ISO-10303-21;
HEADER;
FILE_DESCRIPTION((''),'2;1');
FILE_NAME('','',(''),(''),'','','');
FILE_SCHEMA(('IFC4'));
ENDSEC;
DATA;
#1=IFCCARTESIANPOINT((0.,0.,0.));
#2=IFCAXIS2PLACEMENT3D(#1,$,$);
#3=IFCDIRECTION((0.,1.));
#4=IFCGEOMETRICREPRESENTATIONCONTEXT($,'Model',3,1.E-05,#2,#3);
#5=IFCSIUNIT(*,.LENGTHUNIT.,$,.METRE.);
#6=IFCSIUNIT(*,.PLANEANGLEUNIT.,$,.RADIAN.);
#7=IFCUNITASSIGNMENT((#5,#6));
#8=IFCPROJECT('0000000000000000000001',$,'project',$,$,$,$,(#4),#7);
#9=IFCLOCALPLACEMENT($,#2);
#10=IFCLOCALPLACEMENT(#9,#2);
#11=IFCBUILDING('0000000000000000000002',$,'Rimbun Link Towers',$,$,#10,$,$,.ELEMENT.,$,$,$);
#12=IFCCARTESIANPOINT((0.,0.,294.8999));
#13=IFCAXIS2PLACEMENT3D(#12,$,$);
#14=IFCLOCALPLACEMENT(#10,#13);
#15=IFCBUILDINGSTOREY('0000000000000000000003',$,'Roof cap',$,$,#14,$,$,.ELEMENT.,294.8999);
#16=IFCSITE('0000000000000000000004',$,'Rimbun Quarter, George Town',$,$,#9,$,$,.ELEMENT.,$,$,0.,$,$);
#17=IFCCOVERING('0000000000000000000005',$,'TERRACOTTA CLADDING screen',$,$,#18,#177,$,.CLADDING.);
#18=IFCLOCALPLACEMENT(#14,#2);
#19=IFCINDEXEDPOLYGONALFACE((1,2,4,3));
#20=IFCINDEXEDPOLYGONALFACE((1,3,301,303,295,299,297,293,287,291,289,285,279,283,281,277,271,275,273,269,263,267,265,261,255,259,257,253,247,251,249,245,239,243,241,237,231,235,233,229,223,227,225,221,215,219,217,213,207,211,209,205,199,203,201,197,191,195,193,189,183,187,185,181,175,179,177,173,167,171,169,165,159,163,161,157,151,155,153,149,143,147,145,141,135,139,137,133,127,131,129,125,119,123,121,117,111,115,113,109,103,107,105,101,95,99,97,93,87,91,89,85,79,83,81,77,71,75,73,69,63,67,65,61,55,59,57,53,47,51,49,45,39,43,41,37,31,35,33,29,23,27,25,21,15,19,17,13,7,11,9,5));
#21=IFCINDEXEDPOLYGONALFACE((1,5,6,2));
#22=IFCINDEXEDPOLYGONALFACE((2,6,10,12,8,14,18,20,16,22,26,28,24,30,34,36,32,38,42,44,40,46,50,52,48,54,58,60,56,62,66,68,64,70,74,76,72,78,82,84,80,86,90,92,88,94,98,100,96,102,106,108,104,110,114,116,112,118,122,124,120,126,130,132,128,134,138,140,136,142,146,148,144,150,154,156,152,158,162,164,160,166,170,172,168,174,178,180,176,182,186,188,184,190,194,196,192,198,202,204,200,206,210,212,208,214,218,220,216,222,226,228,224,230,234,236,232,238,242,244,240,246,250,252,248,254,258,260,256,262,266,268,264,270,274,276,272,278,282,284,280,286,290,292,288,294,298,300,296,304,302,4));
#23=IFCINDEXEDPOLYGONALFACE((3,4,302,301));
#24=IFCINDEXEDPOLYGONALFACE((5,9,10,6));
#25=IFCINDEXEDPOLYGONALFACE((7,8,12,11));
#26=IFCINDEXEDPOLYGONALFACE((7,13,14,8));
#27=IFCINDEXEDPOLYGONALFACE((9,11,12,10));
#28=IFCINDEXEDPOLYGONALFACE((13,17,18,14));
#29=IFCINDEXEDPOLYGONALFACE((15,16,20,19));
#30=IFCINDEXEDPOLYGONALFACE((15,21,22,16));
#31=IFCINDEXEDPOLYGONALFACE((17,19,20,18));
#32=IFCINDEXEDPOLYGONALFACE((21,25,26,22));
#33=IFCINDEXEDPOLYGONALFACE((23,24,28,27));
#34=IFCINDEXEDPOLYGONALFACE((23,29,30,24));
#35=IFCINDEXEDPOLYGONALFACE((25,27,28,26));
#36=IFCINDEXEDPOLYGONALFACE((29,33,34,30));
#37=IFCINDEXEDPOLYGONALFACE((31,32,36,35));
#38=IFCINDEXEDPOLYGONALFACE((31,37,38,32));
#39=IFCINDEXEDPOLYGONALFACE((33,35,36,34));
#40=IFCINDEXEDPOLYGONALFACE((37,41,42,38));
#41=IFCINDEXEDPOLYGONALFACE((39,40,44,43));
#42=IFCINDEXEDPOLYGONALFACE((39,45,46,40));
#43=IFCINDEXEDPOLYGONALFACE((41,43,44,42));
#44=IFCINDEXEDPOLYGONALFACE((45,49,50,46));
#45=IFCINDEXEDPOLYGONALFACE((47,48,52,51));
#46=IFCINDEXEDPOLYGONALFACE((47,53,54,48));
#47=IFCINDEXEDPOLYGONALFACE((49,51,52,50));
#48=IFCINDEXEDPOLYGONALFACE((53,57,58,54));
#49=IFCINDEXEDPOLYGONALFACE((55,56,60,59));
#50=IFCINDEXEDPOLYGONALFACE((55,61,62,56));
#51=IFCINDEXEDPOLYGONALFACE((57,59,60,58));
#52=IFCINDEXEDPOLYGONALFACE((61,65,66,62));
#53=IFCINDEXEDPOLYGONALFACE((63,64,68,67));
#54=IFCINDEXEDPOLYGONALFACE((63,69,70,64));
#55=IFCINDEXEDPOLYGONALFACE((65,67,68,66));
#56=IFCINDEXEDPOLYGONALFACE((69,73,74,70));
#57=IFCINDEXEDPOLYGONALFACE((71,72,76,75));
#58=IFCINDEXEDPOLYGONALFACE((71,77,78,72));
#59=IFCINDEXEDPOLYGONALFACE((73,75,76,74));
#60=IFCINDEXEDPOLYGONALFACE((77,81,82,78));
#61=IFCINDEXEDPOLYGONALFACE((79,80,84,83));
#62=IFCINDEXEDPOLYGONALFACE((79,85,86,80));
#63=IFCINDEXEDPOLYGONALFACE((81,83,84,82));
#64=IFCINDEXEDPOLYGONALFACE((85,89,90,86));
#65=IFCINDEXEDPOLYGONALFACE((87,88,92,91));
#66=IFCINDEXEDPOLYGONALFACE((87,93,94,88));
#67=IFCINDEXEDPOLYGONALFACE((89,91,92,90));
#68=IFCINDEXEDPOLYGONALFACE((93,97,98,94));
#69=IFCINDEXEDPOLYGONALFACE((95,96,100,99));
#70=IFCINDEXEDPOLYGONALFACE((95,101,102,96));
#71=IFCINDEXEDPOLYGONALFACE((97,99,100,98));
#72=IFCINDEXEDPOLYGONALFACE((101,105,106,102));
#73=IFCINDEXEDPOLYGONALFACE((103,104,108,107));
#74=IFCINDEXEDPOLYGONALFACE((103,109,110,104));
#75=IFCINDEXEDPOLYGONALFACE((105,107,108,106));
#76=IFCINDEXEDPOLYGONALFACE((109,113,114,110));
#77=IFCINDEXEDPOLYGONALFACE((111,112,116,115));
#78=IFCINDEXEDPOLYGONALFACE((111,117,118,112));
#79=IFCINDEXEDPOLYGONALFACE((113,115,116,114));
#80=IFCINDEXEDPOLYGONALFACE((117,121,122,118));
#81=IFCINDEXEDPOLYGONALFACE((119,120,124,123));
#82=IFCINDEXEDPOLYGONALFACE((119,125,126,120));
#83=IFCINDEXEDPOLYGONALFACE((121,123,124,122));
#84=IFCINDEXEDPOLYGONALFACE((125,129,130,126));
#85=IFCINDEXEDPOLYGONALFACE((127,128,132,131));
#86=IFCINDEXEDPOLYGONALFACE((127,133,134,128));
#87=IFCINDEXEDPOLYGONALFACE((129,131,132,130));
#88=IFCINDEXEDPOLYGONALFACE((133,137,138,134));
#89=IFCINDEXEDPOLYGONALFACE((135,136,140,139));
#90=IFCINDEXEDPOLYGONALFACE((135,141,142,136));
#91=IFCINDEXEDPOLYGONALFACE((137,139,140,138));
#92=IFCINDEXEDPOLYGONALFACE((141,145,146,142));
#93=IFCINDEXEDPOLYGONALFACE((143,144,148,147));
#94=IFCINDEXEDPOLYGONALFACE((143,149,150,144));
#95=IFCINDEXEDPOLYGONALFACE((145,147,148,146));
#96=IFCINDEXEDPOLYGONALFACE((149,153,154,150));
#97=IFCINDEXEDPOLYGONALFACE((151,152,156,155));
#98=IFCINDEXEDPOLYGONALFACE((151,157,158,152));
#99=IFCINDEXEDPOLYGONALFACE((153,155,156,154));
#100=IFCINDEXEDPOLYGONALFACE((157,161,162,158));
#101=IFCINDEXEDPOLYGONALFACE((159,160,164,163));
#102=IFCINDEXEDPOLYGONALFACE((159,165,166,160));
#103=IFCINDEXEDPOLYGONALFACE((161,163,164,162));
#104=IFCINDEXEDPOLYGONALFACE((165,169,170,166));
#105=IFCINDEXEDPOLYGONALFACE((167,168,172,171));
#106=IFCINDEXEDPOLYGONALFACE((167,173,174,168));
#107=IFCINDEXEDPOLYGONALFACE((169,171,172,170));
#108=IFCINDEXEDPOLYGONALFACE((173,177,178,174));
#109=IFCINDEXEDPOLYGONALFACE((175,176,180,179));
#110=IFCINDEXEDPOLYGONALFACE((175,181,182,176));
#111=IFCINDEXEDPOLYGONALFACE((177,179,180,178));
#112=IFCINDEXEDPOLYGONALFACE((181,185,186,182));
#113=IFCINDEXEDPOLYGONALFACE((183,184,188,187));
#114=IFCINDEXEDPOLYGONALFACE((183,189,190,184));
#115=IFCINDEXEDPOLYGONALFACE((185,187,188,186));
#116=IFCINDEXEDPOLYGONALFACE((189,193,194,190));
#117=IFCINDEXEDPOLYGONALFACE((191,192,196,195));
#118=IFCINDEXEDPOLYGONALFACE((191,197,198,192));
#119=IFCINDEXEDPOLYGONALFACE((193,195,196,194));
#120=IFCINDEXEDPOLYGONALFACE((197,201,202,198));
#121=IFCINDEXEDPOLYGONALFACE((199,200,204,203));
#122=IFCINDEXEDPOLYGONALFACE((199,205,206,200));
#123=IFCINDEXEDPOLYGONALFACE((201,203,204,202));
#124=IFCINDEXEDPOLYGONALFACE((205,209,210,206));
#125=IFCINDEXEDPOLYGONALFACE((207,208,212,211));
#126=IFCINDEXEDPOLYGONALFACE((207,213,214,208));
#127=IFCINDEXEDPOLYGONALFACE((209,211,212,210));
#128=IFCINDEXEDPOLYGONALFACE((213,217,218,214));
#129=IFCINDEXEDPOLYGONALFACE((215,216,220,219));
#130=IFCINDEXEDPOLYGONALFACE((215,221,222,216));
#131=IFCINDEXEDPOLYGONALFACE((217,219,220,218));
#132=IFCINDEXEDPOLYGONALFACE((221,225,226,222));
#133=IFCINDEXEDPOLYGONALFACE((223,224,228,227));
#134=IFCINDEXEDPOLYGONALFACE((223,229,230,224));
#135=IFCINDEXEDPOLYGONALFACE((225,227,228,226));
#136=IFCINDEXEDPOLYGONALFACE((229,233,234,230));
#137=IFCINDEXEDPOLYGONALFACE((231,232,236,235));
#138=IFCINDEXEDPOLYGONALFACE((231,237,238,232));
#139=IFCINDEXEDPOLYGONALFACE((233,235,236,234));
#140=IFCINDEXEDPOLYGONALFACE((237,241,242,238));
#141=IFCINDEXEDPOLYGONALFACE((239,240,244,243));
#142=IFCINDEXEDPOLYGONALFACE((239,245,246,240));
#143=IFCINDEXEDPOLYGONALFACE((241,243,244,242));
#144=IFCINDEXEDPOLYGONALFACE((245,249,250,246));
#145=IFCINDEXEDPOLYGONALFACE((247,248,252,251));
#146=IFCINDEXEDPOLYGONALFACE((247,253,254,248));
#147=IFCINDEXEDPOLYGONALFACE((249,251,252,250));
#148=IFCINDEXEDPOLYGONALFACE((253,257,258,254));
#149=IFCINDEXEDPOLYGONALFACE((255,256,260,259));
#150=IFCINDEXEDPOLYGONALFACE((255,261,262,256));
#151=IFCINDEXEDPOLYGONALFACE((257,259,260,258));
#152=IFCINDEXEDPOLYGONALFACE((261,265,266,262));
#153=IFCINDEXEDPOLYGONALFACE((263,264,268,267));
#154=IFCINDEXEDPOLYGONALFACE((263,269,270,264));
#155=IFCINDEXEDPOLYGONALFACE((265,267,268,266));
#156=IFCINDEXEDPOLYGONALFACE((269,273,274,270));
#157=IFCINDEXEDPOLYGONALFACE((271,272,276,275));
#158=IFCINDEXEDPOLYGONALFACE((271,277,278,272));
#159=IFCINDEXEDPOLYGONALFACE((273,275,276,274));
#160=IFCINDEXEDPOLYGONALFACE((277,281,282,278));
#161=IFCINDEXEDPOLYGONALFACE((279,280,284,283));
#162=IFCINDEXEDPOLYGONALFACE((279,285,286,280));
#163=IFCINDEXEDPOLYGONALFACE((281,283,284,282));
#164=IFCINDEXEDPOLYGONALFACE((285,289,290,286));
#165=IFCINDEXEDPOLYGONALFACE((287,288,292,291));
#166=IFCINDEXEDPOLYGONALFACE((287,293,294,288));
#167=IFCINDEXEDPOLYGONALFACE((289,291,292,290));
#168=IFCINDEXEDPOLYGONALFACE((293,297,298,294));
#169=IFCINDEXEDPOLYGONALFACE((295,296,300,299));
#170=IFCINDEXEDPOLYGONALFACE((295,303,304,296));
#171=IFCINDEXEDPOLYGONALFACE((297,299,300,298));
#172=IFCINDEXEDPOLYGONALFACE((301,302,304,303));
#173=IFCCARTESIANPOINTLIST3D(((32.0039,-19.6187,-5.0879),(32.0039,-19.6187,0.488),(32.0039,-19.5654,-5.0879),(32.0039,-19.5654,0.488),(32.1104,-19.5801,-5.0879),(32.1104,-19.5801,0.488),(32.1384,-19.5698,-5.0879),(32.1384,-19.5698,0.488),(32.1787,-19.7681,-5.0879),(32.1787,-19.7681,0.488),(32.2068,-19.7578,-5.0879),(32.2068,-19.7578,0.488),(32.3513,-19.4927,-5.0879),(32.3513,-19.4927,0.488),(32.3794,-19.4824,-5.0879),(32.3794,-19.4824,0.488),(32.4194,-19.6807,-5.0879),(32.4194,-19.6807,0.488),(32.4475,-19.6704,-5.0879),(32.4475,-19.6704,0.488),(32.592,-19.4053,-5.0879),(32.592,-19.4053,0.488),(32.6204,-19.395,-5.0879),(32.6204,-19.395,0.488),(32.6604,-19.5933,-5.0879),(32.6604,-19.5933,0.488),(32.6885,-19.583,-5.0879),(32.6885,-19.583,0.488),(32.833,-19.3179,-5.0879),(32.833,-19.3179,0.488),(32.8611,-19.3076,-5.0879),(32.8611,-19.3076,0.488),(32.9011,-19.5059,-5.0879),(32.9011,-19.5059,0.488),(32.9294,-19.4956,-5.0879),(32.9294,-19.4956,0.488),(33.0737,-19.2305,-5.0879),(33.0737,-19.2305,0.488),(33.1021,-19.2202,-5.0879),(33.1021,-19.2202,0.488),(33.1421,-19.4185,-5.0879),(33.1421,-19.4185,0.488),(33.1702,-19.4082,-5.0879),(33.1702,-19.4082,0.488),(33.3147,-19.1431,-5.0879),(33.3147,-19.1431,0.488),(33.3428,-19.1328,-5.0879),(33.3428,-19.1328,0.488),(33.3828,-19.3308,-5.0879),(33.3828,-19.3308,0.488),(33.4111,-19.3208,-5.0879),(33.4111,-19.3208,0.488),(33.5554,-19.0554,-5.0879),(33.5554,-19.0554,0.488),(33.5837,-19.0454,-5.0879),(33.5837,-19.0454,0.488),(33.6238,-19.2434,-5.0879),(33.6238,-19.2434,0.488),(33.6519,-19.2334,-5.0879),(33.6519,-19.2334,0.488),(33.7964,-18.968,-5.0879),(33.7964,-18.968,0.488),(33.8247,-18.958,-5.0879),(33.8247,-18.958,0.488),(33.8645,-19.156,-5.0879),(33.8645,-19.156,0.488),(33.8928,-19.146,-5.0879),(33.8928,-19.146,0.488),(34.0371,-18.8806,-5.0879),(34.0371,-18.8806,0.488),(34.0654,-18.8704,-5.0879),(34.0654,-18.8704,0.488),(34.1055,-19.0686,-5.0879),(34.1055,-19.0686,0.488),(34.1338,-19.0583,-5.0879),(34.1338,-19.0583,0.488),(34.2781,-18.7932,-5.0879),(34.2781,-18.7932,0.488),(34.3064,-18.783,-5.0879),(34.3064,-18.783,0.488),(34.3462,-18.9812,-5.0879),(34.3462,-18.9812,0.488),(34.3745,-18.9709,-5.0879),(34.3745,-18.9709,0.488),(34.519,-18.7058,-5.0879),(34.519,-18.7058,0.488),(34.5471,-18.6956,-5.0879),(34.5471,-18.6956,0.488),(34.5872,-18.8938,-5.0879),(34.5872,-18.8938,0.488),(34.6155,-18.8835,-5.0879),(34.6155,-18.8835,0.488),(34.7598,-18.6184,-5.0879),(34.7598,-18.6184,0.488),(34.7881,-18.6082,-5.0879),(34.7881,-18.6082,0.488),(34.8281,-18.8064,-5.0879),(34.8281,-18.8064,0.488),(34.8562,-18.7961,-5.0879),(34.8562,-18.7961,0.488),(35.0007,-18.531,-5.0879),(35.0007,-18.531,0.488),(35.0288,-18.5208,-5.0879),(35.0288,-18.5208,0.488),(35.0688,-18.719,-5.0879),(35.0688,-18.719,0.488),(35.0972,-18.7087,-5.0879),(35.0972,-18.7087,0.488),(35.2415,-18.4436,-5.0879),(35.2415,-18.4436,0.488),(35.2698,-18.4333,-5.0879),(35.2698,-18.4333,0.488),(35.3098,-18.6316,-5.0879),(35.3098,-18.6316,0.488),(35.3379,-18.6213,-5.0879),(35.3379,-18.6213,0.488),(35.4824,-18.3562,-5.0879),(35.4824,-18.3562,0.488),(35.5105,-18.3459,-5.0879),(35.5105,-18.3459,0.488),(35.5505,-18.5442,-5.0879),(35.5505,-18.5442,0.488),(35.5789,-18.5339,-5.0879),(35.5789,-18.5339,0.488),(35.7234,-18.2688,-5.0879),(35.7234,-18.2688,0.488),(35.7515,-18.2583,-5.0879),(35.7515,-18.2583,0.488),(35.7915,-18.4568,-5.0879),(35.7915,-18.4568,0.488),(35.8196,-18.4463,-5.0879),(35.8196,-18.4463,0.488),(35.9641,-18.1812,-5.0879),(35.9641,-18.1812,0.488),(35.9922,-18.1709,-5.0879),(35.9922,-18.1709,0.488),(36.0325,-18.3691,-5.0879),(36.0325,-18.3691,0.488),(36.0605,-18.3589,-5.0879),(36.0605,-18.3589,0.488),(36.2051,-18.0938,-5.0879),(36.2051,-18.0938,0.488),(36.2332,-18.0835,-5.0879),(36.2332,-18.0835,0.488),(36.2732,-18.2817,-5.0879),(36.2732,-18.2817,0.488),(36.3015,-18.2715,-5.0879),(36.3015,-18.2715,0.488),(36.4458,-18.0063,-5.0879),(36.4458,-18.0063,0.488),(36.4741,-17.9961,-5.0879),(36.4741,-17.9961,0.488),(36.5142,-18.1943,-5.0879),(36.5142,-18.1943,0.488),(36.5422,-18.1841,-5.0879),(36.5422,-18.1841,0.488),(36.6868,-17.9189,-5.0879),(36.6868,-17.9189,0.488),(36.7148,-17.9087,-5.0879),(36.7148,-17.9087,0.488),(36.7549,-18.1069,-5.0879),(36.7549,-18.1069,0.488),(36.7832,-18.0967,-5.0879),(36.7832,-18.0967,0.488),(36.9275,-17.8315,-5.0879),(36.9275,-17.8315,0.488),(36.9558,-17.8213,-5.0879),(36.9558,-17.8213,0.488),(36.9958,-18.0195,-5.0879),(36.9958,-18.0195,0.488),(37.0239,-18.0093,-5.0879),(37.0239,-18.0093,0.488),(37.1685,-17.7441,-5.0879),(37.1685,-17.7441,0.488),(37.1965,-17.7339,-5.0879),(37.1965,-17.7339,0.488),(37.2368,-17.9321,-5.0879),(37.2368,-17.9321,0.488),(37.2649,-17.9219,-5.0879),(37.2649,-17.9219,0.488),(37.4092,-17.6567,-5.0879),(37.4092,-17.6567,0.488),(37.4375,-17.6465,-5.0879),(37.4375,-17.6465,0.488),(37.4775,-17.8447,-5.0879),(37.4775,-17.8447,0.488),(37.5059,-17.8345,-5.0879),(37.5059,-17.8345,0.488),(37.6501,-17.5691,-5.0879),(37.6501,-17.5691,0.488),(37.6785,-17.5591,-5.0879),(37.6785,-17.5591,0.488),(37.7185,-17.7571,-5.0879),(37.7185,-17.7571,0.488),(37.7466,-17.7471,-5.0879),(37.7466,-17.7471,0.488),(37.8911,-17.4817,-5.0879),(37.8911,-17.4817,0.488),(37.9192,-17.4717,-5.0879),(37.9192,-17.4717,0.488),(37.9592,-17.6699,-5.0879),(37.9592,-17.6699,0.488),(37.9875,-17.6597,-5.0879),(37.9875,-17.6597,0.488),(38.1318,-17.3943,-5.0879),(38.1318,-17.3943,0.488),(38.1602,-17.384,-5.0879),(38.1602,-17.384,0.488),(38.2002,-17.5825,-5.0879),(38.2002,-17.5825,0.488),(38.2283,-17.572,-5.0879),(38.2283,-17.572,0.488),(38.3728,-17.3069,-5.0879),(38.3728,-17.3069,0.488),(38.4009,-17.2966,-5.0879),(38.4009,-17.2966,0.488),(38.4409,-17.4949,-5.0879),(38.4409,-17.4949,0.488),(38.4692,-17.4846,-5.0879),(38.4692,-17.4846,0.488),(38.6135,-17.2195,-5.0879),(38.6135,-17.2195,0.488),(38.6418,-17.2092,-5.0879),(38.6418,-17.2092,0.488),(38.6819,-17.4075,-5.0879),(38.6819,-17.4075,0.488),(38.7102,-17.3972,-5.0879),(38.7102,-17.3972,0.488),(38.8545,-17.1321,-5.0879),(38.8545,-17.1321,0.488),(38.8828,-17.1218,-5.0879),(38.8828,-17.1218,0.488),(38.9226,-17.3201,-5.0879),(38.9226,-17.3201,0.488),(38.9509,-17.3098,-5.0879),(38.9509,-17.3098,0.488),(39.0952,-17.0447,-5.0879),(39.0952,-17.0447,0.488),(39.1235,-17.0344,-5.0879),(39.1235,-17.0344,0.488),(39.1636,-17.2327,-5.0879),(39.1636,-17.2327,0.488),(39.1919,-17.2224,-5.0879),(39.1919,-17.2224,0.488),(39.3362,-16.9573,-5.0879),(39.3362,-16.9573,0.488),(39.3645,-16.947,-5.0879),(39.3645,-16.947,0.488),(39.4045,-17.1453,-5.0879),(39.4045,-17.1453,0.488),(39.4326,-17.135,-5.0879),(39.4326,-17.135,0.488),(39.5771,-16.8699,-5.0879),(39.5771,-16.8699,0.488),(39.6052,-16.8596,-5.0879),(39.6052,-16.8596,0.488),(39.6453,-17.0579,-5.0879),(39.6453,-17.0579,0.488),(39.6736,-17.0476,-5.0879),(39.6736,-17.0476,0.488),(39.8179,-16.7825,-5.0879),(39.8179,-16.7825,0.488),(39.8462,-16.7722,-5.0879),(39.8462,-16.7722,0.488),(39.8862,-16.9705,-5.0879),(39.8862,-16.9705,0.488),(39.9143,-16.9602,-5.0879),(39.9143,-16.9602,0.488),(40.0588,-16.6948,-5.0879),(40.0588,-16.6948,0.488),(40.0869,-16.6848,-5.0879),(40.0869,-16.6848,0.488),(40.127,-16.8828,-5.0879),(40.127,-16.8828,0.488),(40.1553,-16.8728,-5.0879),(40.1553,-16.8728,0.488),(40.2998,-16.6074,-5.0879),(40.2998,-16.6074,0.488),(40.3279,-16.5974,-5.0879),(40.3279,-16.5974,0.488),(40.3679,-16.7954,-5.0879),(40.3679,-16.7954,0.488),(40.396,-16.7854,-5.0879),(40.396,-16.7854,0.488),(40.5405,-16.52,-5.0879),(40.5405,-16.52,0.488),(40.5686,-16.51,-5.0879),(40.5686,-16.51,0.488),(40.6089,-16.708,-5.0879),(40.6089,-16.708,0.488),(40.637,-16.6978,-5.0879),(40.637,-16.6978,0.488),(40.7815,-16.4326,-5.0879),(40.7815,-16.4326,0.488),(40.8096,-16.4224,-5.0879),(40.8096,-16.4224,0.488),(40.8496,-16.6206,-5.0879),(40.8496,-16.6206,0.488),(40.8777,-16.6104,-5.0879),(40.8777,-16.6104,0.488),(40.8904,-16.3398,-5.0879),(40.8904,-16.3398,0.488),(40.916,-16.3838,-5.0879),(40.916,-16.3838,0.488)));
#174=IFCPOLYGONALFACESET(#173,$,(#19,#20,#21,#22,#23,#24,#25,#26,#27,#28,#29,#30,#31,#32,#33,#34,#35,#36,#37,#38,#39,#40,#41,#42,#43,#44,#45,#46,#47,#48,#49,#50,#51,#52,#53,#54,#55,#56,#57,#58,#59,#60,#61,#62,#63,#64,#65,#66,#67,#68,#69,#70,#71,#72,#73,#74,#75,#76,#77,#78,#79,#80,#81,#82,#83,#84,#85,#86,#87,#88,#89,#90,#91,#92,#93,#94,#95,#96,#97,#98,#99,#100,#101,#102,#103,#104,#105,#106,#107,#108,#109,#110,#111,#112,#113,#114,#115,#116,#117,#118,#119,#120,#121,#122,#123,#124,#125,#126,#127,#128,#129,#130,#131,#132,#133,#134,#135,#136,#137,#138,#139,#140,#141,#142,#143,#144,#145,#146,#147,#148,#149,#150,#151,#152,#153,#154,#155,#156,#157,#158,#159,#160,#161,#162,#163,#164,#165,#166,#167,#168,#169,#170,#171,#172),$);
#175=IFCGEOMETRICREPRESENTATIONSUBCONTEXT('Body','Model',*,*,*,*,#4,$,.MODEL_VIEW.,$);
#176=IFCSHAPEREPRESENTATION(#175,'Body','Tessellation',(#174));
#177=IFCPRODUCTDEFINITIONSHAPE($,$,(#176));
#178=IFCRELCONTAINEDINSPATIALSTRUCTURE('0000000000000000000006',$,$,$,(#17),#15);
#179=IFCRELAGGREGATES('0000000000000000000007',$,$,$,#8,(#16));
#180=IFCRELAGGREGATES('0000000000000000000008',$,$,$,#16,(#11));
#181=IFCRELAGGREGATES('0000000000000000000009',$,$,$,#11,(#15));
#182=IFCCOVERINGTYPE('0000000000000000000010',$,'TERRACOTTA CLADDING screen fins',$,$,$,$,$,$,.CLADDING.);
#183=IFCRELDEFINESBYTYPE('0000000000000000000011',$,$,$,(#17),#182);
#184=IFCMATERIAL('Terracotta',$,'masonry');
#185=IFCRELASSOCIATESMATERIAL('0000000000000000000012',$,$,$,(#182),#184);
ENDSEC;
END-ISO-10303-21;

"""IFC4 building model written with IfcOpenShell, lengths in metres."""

from ifc_helpers import new_model, si_unit, direction, frame, origin, place, context, subcontext, project, spatial, polyline, outline, extrude, material, type_object, element, save


model = new_model("IFC4")

# Units and contexts
model_context = context("Model", 3, precision=1e-05, world=origin(), true_north=direction((0.0, 1.0)))
body_context = subcontext(model_context, "Body", "Model", "MODEL_VIEW")
ifc_project = project(units=[si_unit("LENGTHUNIT", "METRE"), si_unit("PLANEANGLEUNIT", "RADIAN")], contexts=[model_context])

# Site, building, storey
site_placement = place(None, origin())
site = spatial("IfcSite", under=ifc_project, at=site_placement, Name="Rimbun Quarter, George Town", CompositionType="ELEMENT", RefElevation=0.0)
building_placement = place(site_placement, origin())
building = spatial("IfcBuilding", under=site, at=building_placement, Name="Rimbun Link Towers", CompositionType="ELEMENT")
storey_placement = place(building_placement, frame((0.0, 0.0, 294.8999)))
storey = spatial("IfcBuildingStorey", under=building, at=storey_placement, Name="Roof cap", CompositionType="ELEMENT", Elevation=294.8999)

# Covering
ifc_material_1 = material(Name="Terracotta", Category="masonry")
covering_type_1 = type_object("IfcCoveringType", Name="TERRACOTTA CLADDING screen fins", PredefinedType="CLADDING", material=ifc_material_1)
covering_1_placement = place(storey_placement, frame((0.0, 0.0, -5.0879)))
element("IfcCovering", 1, at=covering_1_placement, inside=storey, type_object=covering_type_1, Name="TERRACOTTA CLADDING screen", PredefinedType="CLADDING", context=body_context, shape_type="SweptSolid", body=[
    extrude(outline(polyline([(32.0039, -19.6187), (32.1104, -19.5801), (32.1787, -19.7681), (32.2068, -19.7578), (32.1384, -19.5698), (32.3513, -19.4927), (32.4194, -19.6807), (32.4475, -19.6704), (32.3794, -19.4824), (32.592, -19.4053), (32.6604, -19.5933), (32.6885, -19.583), (32.6204, -19.395), (32.833, -19.3179), (32.9011, -19.5059), (32.9294, -19.4956), (32.8611, -19.3076), (33.0737, -19.2305), (33.1421, -19.4185), (33.1702, -19.4082), (33.1021, -19.2202), (33.3147, -19.1431), (33.3828, -19.3308), (33.4111, -19.3208), (33.3428, -19.1328), (33.5554, -19.0554), (33.6238, -19.2434), (33.6519, -19.2334), (33.5837, -19.0454), (33.7964, -18.968), (33.8645, -19.156), (33.8928, -19.146), (33.8247, -18.958), (34.0371, -18.8806), (34.1055, -19.0686), (34.1338, -19.0583), (34.0654, -18.8704), (34.2781, -18.7932), (34.3462, -18.9812), (34.3745, -18.9709), (34.3064, -18.783), (34.519, -18.7058), (34.5872, -18.8938), (34.6155, -18.8835), (34.5471, -18.6956), (34.7598, -18.6184), (34.8281, -18.8064), (34.8562, -18.7961), (34.7881, -18.6082), (35.0007, -18.531), (35.0688, -18.719), (35.0972, -18.7087), (35.0288, -18.5208), (35.2415, -18.4436), (35.3098, -18.6316), (35.3379, -18.6213), (35.2698, -18.4333), (35.4824, -18.3562), (35.5505, -18.5442), (35.5789, -18.5339), (35.5105, -18.3459), (35.7234, -18.2688), (35.7915, -18.4568), (35.8196, -18.4463), (35.7515, -18.2583), (35.9641, -18.1812), (36.0325, -18.3691), (36.0605, -18.3589), (35.9922, -18.1709), (36.2051, -18.0938), (36.2732, -18.2817), (36.3015, -18.2715), (36.2332, -18.0835), (36.4458, -18.0063), (36.5142, -18.1943), (36.5422, -18.1841), (36.4741, -17.9961), (36.6868, -17.9189), (36.7549, -18.1069), (36.7832, -18.0967), (36.7148, -17.9087), (36.9275, -17.8315), (36.9958, -18.0195), (37.0239, -18.0093), (36.9558, -17.8213), (37.1685, -17.7441), (37.2368, -17.9321), (37.2649, -17.9219), (37.1965, -17.7339), (37.4092, -17.6567), (37.4775, -17.8447), (37.5059, -17.8345), (37.4375, -17.6465), (37.6501, -17.5691), (37.7185, -17.7571), (37.7466, -17.7471), (37.6785, -17.5591), (37.8911, -17.4817), (37.9592, -17.6699), (37.9875, -17.6597), (37.9192, -17.4717), (38.1318, -17.3943), (38.2002, -17.5825), (38.2283, -17.572), (38.1602, -17.384), (38.3728, -17.3069), (38.4409, -17.4949), (38.4692, -17.4846), (38.4009, -17.2966), (38.6135, -17.2195), (38.6819, -17.4075), (38.7102, -17.3972), (38.6418, -17.2092), (38.8545, -17.1321), (38.9226, -17.3201), (38.9509, -17.3098), (38.8828, -17.1218), (39.0952, -17.0447), (39.1636, -17.2327), (39.1919, -17.2224), (39.1235, -17.0344), (39.3362, -16.9573), (39.4045, -17.1453), (39.4326, -17.135), (39.3645, -16.947), (39.5771, -16.8699), (39.6453, -17.0579), (39.6736, -17.0476), (39.6052, -16.8596), (39.8179, -16.7825), (39.8862, -16.9705), (39.9143, -16.9602), (39.8462, -16.7722), (40.0588, -16.6948), (40.127, -16.8828), (40.1553, -16.8728), (40.0869, -16.6848), (40.2998, -16.6074), (40.3679, -16.7954), (40.396, -16.7854), (40.3279, -16.5974), (40.5405, -16.52), (40.6089, -16.708), (40.637, -16.6978), (40.5686, -16.51), (40.7815, -16.4326), (40.8496, -16.6206), (40.8777, -16.6104), (40.8096, -16.4224), (40.916, -16.3838), (40.8904, -16.3398), (32.0039, -19.5654), (32.0039, -19.6187)])), origin(), (0.0, 0.0, 1.0), 5.5759),
])

save(model, "model.ifc")
